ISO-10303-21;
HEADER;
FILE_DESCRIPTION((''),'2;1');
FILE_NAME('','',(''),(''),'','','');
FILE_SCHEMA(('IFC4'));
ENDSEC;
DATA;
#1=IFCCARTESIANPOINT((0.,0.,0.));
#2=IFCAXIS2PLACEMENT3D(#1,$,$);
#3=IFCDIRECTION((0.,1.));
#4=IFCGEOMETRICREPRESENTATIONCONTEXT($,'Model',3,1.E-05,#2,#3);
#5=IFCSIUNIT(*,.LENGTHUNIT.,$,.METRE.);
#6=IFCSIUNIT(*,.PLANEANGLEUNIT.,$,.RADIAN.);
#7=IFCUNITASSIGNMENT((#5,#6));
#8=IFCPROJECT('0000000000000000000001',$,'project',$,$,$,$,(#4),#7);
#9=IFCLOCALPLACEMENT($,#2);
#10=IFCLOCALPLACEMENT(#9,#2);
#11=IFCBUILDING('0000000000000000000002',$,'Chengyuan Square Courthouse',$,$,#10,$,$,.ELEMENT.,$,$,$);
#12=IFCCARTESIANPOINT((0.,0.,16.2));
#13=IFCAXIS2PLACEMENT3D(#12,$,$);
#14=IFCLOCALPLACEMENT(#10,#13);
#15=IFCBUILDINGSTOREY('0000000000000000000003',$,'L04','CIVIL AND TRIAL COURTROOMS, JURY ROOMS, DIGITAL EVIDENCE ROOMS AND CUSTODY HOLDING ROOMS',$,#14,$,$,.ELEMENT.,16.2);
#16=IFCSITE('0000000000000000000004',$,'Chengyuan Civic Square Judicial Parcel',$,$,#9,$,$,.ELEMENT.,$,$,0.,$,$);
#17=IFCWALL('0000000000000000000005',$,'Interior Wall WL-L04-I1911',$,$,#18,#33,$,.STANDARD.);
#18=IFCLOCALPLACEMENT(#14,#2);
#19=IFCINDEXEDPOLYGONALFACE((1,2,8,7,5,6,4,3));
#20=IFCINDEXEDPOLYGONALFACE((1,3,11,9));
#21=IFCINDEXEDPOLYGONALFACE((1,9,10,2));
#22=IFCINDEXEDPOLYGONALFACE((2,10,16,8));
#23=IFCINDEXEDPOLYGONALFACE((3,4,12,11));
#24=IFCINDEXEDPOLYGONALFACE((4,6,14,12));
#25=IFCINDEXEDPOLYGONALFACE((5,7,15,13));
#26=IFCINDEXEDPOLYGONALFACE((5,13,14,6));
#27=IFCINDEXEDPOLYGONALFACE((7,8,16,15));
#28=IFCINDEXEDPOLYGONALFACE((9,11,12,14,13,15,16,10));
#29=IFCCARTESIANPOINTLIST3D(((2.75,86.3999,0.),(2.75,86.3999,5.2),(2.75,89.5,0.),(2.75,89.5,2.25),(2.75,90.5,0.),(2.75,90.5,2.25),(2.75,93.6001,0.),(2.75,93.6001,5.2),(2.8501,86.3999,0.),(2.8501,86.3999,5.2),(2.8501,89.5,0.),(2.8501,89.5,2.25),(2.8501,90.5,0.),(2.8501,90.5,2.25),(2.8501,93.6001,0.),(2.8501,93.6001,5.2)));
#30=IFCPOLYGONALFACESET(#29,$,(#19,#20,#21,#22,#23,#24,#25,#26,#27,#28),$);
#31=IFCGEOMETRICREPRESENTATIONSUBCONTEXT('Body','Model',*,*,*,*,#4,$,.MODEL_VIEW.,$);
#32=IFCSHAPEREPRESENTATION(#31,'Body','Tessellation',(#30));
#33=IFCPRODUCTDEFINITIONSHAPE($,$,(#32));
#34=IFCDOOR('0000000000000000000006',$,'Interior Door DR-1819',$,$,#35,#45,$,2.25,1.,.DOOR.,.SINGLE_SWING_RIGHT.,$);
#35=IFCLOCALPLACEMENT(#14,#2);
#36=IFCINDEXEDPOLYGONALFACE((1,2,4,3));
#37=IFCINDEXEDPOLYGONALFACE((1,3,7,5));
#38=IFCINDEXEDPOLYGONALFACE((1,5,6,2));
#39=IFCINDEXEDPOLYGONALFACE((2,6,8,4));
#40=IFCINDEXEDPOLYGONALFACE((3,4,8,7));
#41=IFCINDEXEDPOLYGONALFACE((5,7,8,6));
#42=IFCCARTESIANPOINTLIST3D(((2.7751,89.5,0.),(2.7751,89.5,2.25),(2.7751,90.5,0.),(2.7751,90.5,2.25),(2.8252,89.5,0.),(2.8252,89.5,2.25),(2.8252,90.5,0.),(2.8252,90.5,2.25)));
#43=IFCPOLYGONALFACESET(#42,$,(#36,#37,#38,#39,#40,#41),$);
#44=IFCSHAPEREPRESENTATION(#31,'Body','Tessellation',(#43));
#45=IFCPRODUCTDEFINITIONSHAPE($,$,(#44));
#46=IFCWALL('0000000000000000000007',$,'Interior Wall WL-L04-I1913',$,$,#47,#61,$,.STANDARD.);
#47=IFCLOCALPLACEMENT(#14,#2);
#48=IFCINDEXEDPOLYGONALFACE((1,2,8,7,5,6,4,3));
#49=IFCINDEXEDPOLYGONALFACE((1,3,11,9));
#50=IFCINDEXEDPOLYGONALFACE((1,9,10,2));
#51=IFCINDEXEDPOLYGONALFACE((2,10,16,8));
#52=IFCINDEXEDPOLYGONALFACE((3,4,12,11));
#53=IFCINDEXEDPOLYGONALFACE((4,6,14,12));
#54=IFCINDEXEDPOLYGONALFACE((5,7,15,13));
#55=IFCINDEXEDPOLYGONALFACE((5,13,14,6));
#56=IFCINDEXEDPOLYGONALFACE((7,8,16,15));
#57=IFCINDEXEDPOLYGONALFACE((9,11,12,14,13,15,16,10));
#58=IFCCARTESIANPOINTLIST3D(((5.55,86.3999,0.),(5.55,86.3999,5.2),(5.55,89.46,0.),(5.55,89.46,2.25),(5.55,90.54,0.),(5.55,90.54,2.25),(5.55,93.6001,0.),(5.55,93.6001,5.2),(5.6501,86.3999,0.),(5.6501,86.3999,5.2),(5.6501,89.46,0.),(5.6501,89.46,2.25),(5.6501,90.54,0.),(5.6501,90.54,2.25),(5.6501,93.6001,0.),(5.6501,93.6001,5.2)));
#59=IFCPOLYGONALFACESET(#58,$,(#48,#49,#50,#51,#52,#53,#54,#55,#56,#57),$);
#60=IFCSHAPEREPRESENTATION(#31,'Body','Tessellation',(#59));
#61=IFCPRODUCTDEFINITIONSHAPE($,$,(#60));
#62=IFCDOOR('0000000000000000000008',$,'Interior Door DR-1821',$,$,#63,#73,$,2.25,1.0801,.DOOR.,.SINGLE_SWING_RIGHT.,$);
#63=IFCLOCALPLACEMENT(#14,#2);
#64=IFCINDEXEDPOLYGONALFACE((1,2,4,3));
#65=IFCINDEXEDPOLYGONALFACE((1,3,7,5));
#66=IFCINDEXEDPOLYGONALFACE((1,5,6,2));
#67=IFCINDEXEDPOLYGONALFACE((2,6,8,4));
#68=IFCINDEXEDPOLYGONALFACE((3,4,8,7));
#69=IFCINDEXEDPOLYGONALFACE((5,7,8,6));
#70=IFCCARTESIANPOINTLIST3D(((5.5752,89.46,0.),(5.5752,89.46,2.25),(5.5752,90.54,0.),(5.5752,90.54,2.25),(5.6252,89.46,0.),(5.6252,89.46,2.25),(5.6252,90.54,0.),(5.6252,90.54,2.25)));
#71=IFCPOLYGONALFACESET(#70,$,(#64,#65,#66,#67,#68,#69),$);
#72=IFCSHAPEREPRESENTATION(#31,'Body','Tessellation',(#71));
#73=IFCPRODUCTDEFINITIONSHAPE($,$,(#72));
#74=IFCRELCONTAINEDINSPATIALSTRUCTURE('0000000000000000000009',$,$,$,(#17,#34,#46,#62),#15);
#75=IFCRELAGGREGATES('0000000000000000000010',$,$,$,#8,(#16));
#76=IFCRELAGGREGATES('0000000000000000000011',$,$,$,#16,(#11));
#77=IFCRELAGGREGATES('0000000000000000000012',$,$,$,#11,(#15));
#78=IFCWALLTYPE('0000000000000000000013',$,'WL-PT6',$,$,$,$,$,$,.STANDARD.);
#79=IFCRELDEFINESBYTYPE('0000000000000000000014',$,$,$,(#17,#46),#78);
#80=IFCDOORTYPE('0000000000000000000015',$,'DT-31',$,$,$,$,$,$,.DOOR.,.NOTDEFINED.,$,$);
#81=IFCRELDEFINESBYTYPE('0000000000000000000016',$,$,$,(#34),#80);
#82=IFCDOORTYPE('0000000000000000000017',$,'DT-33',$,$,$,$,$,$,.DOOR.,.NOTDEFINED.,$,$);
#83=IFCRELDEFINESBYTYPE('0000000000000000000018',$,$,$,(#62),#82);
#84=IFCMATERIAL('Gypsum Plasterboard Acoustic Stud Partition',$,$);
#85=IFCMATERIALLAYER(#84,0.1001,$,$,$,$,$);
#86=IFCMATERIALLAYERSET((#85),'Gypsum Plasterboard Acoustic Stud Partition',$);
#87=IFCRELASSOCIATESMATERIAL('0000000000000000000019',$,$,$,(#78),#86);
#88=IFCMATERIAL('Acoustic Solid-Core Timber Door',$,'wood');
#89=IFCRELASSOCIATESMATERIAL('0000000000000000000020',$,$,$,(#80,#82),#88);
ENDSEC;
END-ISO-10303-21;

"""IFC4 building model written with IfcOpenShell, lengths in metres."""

from ifc_helpers import new_model, si_unit, direction, frame, frame_2d, origin, place, context, subcontext, project, spatial, rectangle, extrude, material, layer, layer_set, type_object, element, fill, save


model = new_model("IFC4")

# Units and contexts
model_context = context("Model", 3, precision=1e-05, world=origin(), true_north=direction((0.0, 1.0)))
body_context = subcontext(model_context, "Body", "Model", "MODEL_VIEW")
ifc_project = project(units=[si_unit("LENGTHUNIT", "METRE"), si_unit("PLANEANGLEUNIT", "RADIAN")], contexts=[model_context])

# Site, building, storey
site_placement = place(None, origin())
site = spatial("IfcSite", under=ifc_project, at=site_placement, Name="Chengyuan Civic Square Judicial Parcel", CompositionType="ELEMENT", RefElevation=0.0)
building_placement = place(site_placement, origin())
building = spatial("IfcBuilding", under=site, at=building_placement, Name="Chengyuan Square Courthouse", CompositionType="ELEMENT")
storey_placement = place(building_placement, frame((0.0, 0.0, 16.2)))
storey = spatial("IfcBuildingStorey", under=building, at=storey_placement, Name="L04", Description="CIVIL AND TRIAL COURTROOMS, JURY ROOMS, DIGITAL EVIDENCE ROOMS AND CUSTODY HOLDING ROOMS", CompositionType="ELEMENT", Elevation=16.2)

# Shared definitions
ifc_material_1 = material(Name="Gypsum Plasterboard Acoustic Stud Partition")
ifc_layer = layer(ifc_material_1, 0.1001)
ifc_layer_set = layer_set([ifc_layer], Name="Gypsum Plasterboard Acoustic Stud Partition")
wall_type = type_object("IfcWallType", Name="WL-PT6", PredefinedType="STANDARD", material=ifc_layer_set)
ifc_material_2 = material(Name="Acoustic Solid-Core Timber Door", Category="wood")

# Walls, openings, doors
wall_1_placement = place(storey_placement, frame((2.8, 86.3999, 0.0), z_axis=(0.0, 0.0, 1.0), x_axis=(0.0, 1.0, 0.0)))
wall_1 = element("IfcWall", 1, at=wall_1_placement, inside=storey, type_object=wall_type, Name="Interior Wall WL-L04-I1911", PredefinedType="STANDARD", context=body_context, shape_type="SweptSolid", body=[
    extrude(rectangle(XDim=7.2002, YDim=0.1001, at=frame_2d((3.6001, 0.0))), origin(), (0.0, 0.0, 1.0), 5.2),
])
opening_1_placement = place(wall_1_placement, frame((3.1001, 0.0, 0.0)))
opening_1 = element("IfcOpeningElement", 2, at=opening_1_placement, cuts=wall_1, PredefinedType="OPENING", context=body_context, shape_type="SweptSolid", body=[
    extrude(rectangle(XDim=1.0, YDim=2.25, at=frame_2d((0.5, 1.125))), frame((0.0, 0.062, 0.0), z_axis=(0.0, -1.0, 0.0), x_axis=(1.0, 0.0, 0.0)), (0.0, 0.0, 1.0), 0.124),
])
door_type_1 = type_object("IfcDoorType", Name="DT-31", OperationType="NOTDEFINED", PredefinedType="DOOR", material=ifc_material_2)
door_1_placement = place(opening_1_placement, origin())
door_1 = element("IfcDoor", 3, at=door_1_placement, inside=storey, type_object=door_type_1, Name="Interior Door DR-1819", OperationType="SINGLE_SWING_RIGHT", OverallHeight=2.25, OverallWidth=1.0, PredefinedType="DOOR", context=body_context, shape_type="SweptSolid", body=[
    extrude(rectangle(XDim=1.0, YDim=2.25, at=frame_2d((0.5, 1.125))), frame((0.0, 0.0249, 0.0), z_axis=(0.0, -1.0, 0.0), x_axis=(1.0, 0.0, 0.0)), (0.0, 0.0, 1.0), 0.05),
])
fill(opening_1, door_1)
wall_2_placement = place(storey_placement, frame((5.6001, 86.3999, 0.0), z_axis=(0.0, 0.0, 1.0), x_axis=(0.0, 1.0, 0.0)))
wall_2 = element("IfcWall", 4, at=wall_2_placement, inside=storey, type_object=wall_type, Name="Interior Wall WL-L04-I1913", PredefinedType="STANDARD", context=body_context, shape_type="SweptSolid", body=[
    extrude(rectangle(XDim=7.2002, YDim=0.1001, at=frame_2d((3.6001, 0.0))), origin(), (0.0, 0.0, 1.0), 5.2),
])
opening_2_placement = place(wall_2_placement, frame((3.0601, 0.0, 0.0)))
opening_2 = element("IfcOpeningElement", 5, at=opening_2_placement, cuts=wall_2, PredefinedType="OPENING", context=body_context, shape_type="SweptSolid", body=[
    extrude(rectangle(XDim=1.0801, YDim=2.25, at=frame_2d((0.54, 1.125))), frame((0.0, 0.062, 0.0), z_axis=(0.0, -1.0, 0.0), x_axis=(1.0, 0.0, 0.0)), (0.0, 0.0, 1.0), 0.124),
])
door_type_2 = type_object("IfcDoorType", Name="DT-33", OperationType="NOTDEFINED", PredefinedType="DOOR", material=ifc_material_2)
door_2_placement = place(opening_2_placement, origin())
door_2 = element("IfcDoor", 6, at=door_2_placement, inside=storey, type_object=door_type_2, Name="Interior Door DR-1821", OperationType="SINGLE_SWING_RIGHT", OverallHeight=2.25, OverallWidth=1.0801, PredefinedType="DOOR", context=body_context, shape_type="SweptSolid", body=[
    extrude(rectangle(XDim=1.0801, YDim=2.25, at=frame_2d((0.54, 1.125))), frame((0.0, 0.0249, 0.0), z_axis=(0.0, -1.0, 0.0), x_axis=(1.0, 0.0, 0.0)), (0.0, 0.0, 1.0), 0.05),
])
fill(opening_2, door_2)

save(model, "model.ifc")
